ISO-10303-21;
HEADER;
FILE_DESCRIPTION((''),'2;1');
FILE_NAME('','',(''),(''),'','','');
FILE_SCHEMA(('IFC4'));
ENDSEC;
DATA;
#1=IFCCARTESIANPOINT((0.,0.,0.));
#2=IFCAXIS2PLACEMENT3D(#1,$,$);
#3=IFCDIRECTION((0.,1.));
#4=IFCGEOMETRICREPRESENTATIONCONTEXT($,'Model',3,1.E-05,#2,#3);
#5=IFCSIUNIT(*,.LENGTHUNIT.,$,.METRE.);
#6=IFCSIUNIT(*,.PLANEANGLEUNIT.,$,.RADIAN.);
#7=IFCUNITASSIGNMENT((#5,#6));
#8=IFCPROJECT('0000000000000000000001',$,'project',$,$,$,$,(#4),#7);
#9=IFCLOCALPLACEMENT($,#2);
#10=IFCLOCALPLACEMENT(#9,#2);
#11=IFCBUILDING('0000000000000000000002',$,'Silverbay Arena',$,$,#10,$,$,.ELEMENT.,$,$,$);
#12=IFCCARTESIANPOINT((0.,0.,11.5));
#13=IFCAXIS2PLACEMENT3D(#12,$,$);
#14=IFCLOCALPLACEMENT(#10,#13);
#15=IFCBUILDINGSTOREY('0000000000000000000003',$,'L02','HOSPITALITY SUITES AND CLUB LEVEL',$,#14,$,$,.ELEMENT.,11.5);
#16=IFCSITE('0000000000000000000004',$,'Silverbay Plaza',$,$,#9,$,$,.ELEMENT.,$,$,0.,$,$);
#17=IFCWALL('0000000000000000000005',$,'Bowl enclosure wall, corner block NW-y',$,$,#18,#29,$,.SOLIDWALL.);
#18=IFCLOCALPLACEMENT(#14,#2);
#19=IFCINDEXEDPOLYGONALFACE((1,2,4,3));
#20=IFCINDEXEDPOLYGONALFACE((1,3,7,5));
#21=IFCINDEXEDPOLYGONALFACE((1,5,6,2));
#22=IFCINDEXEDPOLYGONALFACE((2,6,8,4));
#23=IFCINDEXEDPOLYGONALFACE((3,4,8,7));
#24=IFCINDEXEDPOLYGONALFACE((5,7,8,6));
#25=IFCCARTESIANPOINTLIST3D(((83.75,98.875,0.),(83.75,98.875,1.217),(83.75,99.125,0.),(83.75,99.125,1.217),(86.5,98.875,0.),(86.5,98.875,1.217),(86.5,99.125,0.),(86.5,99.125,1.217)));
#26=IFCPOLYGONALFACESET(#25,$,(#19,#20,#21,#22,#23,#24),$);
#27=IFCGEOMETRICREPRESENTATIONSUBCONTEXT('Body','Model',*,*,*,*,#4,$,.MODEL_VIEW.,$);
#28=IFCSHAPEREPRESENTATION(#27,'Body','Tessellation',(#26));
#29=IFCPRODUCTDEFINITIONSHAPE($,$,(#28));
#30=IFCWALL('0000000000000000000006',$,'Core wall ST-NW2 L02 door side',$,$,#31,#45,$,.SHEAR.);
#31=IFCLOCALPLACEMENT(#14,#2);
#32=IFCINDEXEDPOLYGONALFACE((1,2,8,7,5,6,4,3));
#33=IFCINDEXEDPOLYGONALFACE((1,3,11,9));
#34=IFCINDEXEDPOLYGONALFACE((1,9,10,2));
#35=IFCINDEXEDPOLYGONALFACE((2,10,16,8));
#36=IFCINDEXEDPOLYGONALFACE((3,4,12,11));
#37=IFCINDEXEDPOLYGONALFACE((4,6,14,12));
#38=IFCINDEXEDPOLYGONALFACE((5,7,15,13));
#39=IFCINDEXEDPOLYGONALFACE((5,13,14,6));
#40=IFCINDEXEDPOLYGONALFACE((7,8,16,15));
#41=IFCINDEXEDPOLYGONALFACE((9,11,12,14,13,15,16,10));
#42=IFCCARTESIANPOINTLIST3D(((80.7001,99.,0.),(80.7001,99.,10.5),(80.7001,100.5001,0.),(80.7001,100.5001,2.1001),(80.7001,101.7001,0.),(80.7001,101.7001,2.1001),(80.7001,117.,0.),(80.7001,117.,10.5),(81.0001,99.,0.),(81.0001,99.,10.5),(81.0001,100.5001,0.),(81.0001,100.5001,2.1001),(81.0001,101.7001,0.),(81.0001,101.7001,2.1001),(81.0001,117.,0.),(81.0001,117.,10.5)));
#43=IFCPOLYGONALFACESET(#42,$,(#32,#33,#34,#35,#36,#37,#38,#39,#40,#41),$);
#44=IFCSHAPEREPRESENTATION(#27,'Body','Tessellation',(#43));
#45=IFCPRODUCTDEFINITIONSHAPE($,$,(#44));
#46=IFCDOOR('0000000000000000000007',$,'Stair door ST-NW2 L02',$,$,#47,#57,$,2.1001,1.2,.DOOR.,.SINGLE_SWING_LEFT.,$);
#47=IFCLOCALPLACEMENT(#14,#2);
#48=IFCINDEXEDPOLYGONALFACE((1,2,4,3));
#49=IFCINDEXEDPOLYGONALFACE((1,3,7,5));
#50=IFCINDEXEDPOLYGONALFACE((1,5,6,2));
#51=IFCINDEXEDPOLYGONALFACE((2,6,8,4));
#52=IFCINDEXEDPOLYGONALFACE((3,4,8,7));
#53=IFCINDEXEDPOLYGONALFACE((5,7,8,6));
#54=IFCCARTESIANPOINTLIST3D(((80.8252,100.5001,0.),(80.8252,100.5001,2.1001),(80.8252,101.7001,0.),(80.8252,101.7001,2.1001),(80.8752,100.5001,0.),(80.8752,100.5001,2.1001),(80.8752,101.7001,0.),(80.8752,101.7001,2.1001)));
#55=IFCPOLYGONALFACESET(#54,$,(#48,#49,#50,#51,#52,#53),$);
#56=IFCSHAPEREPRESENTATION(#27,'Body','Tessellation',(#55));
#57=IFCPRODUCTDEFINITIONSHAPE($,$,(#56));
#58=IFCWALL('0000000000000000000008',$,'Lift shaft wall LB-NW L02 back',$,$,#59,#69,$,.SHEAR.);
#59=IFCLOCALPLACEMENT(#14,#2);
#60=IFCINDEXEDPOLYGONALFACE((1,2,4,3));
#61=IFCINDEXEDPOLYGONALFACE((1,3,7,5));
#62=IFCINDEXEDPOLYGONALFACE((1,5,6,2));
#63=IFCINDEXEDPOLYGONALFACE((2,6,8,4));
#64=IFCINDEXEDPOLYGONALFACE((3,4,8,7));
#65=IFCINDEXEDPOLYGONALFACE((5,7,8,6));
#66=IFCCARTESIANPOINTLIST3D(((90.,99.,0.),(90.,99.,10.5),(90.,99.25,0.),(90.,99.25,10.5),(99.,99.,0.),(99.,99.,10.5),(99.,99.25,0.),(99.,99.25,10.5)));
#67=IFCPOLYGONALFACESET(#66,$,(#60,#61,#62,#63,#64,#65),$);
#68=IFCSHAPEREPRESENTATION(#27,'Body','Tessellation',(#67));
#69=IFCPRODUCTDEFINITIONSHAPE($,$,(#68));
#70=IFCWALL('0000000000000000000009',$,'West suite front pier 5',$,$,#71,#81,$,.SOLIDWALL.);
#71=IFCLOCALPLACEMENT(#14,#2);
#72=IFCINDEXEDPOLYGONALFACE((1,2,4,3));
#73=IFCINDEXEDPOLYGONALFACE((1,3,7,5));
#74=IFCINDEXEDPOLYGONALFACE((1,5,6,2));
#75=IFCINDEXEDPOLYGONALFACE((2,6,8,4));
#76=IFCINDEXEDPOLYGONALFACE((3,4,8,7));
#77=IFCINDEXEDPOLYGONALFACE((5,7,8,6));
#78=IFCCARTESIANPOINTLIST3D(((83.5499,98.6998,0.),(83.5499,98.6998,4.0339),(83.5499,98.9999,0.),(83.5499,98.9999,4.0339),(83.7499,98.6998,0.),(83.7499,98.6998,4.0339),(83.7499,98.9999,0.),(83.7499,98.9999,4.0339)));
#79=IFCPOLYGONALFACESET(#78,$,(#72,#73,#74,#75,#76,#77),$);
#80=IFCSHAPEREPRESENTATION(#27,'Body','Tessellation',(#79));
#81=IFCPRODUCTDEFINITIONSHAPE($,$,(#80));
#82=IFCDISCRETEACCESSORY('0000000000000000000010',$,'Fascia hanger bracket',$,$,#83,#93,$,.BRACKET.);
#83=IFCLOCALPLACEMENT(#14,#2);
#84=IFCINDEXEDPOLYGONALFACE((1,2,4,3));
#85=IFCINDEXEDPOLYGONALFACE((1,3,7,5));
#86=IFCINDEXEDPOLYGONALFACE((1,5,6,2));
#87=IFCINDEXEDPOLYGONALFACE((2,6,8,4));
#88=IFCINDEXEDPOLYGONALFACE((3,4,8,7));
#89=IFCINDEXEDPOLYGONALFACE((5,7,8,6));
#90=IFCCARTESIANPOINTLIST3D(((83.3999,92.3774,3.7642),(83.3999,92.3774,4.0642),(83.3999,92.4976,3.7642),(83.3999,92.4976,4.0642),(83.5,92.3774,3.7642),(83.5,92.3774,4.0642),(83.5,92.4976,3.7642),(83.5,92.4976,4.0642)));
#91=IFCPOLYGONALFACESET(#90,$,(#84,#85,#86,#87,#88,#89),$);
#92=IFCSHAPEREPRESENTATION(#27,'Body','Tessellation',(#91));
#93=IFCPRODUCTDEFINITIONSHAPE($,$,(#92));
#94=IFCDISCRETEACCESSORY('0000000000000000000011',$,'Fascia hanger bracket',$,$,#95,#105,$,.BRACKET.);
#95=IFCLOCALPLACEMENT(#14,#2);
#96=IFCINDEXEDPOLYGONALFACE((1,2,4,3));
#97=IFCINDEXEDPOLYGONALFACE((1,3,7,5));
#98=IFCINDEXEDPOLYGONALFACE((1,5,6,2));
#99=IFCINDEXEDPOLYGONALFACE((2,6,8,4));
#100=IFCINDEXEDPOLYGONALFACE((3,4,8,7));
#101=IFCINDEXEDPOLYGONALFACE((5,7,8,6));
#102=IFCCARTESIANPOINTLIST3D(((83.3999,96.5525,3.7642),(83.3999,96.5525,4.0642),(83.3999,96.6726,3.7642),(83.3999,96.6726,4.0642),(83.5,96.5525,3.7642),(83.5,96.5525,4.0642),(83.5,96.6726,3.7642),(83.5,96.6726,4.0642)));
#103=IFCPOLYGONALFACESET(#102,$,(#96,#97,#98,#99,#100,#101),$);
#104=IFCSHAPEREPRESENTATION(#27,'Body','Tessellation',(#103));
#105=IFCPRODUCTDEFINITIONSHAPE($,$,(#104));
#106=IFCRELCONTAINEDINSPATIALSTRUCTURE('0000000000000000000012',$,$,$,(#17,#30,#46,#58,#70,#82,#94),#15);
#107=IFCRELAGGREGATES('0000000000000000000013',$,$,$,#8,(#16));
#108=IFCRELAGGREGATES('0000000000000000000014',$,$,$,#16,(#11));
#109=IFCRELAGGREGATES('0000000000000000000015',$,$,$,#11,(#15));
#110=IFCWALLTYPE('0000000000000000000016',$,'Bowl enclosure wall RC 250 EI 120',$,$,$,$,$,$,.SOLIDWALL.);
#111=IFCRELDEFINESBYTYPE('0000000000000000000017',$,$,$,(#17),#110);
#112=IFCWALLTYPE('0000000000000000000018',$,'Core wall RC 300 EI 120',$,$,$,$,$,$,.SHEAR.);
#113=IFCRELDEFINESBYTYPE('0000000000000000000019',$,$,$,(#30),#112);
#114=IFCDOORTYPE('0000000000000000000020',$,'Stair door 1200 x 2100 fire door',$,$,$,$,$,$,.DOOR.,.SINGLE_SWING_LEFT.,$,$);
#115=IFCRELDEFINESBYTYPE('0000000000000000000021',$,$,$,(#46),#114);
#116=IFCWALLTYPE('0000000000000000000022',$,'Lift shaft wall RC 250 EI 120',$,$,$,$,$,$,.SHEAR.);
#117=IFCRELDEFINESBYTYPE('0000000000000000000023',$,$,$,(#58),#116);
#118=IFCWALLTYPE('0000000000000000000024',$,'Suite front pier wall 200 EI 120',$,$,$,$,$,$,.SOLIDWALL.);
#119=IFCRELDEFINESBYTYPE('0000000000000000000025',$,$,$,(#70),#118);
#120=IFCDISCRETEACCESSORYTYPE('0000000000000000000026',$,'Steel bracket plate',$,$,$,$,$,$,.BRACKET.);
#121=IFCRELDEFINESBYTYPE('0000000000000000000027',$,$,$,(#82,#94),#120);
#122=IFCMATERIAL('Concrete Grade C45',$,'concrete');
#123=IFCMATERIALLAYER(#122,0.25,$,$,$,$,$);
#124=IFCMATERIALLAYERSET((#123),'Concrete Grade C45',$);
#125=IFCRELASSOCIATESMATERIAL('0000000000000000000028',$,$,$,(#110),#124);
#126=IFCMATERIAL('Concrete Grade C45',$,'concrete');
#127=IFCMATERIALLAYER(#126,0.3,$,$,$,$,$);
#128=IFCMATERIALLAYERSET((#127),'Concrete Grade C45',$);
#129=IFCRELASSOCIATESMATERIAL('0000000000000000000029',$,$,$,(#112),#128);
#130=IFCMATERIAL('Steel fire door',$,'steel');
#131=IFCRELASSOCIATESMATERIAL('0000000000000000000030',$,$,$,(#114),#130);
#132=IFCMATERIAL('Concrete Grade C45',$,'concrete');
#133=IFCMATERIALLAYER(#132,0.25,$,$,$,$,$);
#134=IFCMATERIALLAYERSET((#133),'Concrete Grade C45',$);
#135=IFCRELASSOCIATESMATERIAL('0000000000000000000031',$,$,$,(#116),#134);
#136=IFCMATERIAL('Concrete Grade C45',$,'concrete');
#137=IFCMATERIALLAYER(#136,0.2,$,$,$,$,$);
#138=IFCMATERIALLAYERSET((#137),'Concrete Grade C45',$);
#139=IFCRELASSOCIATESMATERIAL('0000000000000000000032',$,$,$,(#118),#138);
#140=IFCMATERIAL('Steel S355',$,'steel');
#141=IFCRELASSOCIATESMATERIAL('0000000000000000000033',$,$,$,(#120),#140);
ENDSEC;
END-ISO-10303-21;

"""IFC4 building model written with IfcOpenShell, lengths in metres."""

from ifc_helpers import new_model, si_unit, direction, frame, frame_2d, origin, origin_2d, place, context, subcontext, project, spatial, rectangle, extrude, material, layer, layer_set, type_object, element, fill, save


model = new_model("IFC4")

# Units and contexts
model_context = context("Model", 3, precision=1e-05, world=origin(), true_north=direction((0.0, 1.0)))
body_context = subcontext(model_context, "Body", "Model", "MODEL_VIEW")
ifc_project = project(units=[si_unit("LENGTHUNIT", "METRE"), si_unit("PLANEANGLEUNIT", "RADIAN")], contexts=[model_context])

# Site, building, storey
site_placement = place(None, origin())
site = spatial("IfcSite", under=ifc_project, at=site_placement, Name="Silverbay Plaza", CompositionType="ELEMENT", RefElevation=0.0)
building_placement = place(site_placement, origin())
building = spatial("IfcBuilding", under=site, at=building_placement, Name="Silverbay Arena", CompositionType="ELEMENT")
storey_placement = place(building_placement, frame((0.0, 0.0, 11.5)))
storey = spatial("IfcBuildingStorey", under=building, at=storey_placement, Name="L02", Description="HOSPITALITY SUITES AND CLUB LEVEL", CompositionType="ELEMENT", Elevation=11.5)

# Wall
ifc_material_1 = material(Name="Concrete Grade C45", Category="concrete")
ifc_layer_1 = layer(ifc_material_1, 0.25)
ifc_layer_set_1 = layer_set([ifc_layer_1], Name="Concrete Grade C45")
wall_type_1 = type_object("IfcWallType", Name="Bowl enclosure wall RC 250 EI 120", PredefinedType="SOLIDWALL", material=ifc_layer_set_1)
wall_1_placement = place(storey_placement, frame((83.75, 99.0, 0.0), z_axis=(0.0, 0.0, 1.0), x_axis=(1.0, 0.0, 0.0)))
element("IfcWall", 1, at=wall_1_placement, inside=storey, type_object=wall_type_1, Name="Bowl enclosure wall, corner block NW-y", PredefinedType="SOLIDWALL", context=body_context, shape_type="SweptSolid", body=[
    extrude(rectangle(XDim=2.75, YDim=0.25, at=frame_2d((1.375, 0.0))), origin(), (0.0, 0.0, 1.0), 1.217),
])

# Wall, opening, door
ifc_material_2 = material(Name="Concrete Grade C45", Category="concrete")
ifc_layer_2 = layer(ifc_material_2, 0.3)
ifc_layer_set_2 = layer_set([ifc_layer_2], Name="Concrete Grade C45")
wall_type_2 = type_object("IfcWallType", Name="Core wall RC 300 EI 120", PredefinedType="SHEAR", material=ifc_layer_set_2)
wall_2_placement = place(storey_placement, frame((80.8501, 99.0, 0.0), z_axis=(0.0, 0.0, 1.0), x_axis=(0.0, 1.0, 0.0)))
wall_2 = element("IfcWall", 2, at=wall_2_placement, inside=storey, type_object=wall_type_2, Name="Core wall ST-NW2 L02 door side", PredefinedType="SHEAR", context=body_context, shape_type="SweptSolid", body=[
    extrude(rectangle(XDim=18.0, YDim=0.3, at=frame_2d((9.0, 0.0))), origin(), (0.0, 0.0, 1.0), 10.5),
])
opening_placement = place(wall_2_placement, frame((1.5, 0.0, 0.0)))
opening = element("IfcOpeningElement", 3, at=opening_placement, cuts=wall_2, PredefinedType="OPENING", context=body_context, shape_type="SweptSolid", body=[
    extrude(rectangle(XDim=1.2, YDim=2.1001, at=frame_2d((0.6001, 1.05))), frame((0.0, 0.1602, 0.0), z_axis=(0.0, -1.0, 0.0), x_axis=(1.0, 0.0, 0.0)), (0.0, 0.0, 1.0), 0.3201),
])
ifc_material_3 = material(Name="Steel fire door", Category="steel")
door_type = type_object("IfcDoorType", Name="Stair door 1200 x 2100 fire door", OperationType="SINGLE_SWING_LEFT", PredefinedType="DOOR", material=ifc_material_3)
door_placement = place(opening_placement, origin())
door = element("IfcDoor", 4, at=door_placement, inside=storey, type_object=door_type, Name="Stair door ST-NW2 L02", OperationType="SINGLE_SWING_LEFT", OverallHeight=2.1001, OverallWidth=1.2, PredefinedType="DOOR", context=body_context, shape_type="SweptSolid", body=[
    extrude(rectangle(XDim=1.2, YDim=2.1001, at=frame_2d((0.6001, 1.05))), frame((0.0, 0.0249, 0.0), z_axis=(0.0, -1.0, 0.0), x_axis=(1.0, 0.0, 0.0)), (0.0, 0.0, 1.0), 0.05),
])
fill(opening, door)

# Walls
ifc_material_4 = material(Name="Concrete Grade C45", Category="concrete")
ifc_layer_3 = layer(ifc_material_4, 0.25)
ifc_layer_set_3 = layer_set([ifc_layer_3], Name="Concrete Grade C45")
wall_type_3 = type_object("IfcWallType", Name="Lift shaft wall RC 250 EI 120", PredefinedType="SHEAR", material=ifc_layer_set_3)
wall_3_placement = place(storey_placement, frame((90.0, 99.125, 0.0), z_axis=(0.0, 0.0, 1.0), x_axis=(1.0, 0.0, 0.0)))
element("IfcWall", 5, at=wall_3_placement, inside=storey, type_object=wall_type_3, Name="Lift shaft wall LB-NW L02 back", PredefinedType="SHEAR", context=body_context, shape_type="SweptSolid", body=[
    extrude(rectangle(XDim=9.0, YDim=0.25, at=frame_2d((4.5, 0.0))), origin(), (0.0, 0.0, 1.0), 10.5),
])
ifc_material_5 = material(Name="Concrete Grade C45", Category="concrete")
ifc_layer_4 = layer(ifc_material_5, 0.2)
ifc_layer_set_4 = layer_set([ifc_layer_4], Name="Concrete Grade C45")
wall_type_4 = type_object("IfcWallType", Name="Suite front pier wall 200 EI 120", PredefinedType="SOLIDWALL", material=ifc_layer_set_4)
wall_4_placement = place(storey_placement, frame((83.6499, 98.7, 0.0), z_axis=(0.0, 0.0, 1.0), x_axis=(0.0, 1.0, 0.0)))
element("IfcWall", 6, at=wall_4_placement, inside=storey, type_object=wall_type_4, Name="West suite front pier 5", PredefinedType="SOLIDWALL", context=body_context, shape_type="SweptSolid", body=[
    extrude(rectangle(XDim=0.3, YDim=0.2, at=frame_2d((0.1499, 0.0))), origin(), (0.0, 0.0, 1.0), 4.0339),
])

# Discrete accessories
ifc_material_6 = material(Name="Steel S355", Category="steel")
discrete_accessory_type = type_object("IfcDiscreteAccessoryType", Name="Steel bracket plate", PredefinedType="BRACKET", material=ifc_material_6)
for number, where, z_axis, x_axis, name in (
    (7, (83.45, 92.4375, 3.7642), (0.0, 0.0, 1.0), (0.0, 1.0, 0.0), "Fascia hanger bracket"),
    (8, (83.45, 96.6125, 3.7642), (0.0, 0.0, 1.0), (0.0, 1.0, 0.0), "Fascia hanger bracket"),
):
    element("IfcDiscreteAccessory", number, at=place(storey_placement, frame(where, z_axis=z_axis, x_axis=x_axis)), inside=storey, type_object=discrete_accessory_type, Name=name, PredefinedType="BRACKET", context=body_context, shape_type="SweptSolid", body=[
        extrude(rectangle(XDim=0.1201, YDim=0.1001, at=origin_2d()), origin(), (0.0, 0.0, 1.0), 0.3),
    ])

save(model, "model.ifc")
